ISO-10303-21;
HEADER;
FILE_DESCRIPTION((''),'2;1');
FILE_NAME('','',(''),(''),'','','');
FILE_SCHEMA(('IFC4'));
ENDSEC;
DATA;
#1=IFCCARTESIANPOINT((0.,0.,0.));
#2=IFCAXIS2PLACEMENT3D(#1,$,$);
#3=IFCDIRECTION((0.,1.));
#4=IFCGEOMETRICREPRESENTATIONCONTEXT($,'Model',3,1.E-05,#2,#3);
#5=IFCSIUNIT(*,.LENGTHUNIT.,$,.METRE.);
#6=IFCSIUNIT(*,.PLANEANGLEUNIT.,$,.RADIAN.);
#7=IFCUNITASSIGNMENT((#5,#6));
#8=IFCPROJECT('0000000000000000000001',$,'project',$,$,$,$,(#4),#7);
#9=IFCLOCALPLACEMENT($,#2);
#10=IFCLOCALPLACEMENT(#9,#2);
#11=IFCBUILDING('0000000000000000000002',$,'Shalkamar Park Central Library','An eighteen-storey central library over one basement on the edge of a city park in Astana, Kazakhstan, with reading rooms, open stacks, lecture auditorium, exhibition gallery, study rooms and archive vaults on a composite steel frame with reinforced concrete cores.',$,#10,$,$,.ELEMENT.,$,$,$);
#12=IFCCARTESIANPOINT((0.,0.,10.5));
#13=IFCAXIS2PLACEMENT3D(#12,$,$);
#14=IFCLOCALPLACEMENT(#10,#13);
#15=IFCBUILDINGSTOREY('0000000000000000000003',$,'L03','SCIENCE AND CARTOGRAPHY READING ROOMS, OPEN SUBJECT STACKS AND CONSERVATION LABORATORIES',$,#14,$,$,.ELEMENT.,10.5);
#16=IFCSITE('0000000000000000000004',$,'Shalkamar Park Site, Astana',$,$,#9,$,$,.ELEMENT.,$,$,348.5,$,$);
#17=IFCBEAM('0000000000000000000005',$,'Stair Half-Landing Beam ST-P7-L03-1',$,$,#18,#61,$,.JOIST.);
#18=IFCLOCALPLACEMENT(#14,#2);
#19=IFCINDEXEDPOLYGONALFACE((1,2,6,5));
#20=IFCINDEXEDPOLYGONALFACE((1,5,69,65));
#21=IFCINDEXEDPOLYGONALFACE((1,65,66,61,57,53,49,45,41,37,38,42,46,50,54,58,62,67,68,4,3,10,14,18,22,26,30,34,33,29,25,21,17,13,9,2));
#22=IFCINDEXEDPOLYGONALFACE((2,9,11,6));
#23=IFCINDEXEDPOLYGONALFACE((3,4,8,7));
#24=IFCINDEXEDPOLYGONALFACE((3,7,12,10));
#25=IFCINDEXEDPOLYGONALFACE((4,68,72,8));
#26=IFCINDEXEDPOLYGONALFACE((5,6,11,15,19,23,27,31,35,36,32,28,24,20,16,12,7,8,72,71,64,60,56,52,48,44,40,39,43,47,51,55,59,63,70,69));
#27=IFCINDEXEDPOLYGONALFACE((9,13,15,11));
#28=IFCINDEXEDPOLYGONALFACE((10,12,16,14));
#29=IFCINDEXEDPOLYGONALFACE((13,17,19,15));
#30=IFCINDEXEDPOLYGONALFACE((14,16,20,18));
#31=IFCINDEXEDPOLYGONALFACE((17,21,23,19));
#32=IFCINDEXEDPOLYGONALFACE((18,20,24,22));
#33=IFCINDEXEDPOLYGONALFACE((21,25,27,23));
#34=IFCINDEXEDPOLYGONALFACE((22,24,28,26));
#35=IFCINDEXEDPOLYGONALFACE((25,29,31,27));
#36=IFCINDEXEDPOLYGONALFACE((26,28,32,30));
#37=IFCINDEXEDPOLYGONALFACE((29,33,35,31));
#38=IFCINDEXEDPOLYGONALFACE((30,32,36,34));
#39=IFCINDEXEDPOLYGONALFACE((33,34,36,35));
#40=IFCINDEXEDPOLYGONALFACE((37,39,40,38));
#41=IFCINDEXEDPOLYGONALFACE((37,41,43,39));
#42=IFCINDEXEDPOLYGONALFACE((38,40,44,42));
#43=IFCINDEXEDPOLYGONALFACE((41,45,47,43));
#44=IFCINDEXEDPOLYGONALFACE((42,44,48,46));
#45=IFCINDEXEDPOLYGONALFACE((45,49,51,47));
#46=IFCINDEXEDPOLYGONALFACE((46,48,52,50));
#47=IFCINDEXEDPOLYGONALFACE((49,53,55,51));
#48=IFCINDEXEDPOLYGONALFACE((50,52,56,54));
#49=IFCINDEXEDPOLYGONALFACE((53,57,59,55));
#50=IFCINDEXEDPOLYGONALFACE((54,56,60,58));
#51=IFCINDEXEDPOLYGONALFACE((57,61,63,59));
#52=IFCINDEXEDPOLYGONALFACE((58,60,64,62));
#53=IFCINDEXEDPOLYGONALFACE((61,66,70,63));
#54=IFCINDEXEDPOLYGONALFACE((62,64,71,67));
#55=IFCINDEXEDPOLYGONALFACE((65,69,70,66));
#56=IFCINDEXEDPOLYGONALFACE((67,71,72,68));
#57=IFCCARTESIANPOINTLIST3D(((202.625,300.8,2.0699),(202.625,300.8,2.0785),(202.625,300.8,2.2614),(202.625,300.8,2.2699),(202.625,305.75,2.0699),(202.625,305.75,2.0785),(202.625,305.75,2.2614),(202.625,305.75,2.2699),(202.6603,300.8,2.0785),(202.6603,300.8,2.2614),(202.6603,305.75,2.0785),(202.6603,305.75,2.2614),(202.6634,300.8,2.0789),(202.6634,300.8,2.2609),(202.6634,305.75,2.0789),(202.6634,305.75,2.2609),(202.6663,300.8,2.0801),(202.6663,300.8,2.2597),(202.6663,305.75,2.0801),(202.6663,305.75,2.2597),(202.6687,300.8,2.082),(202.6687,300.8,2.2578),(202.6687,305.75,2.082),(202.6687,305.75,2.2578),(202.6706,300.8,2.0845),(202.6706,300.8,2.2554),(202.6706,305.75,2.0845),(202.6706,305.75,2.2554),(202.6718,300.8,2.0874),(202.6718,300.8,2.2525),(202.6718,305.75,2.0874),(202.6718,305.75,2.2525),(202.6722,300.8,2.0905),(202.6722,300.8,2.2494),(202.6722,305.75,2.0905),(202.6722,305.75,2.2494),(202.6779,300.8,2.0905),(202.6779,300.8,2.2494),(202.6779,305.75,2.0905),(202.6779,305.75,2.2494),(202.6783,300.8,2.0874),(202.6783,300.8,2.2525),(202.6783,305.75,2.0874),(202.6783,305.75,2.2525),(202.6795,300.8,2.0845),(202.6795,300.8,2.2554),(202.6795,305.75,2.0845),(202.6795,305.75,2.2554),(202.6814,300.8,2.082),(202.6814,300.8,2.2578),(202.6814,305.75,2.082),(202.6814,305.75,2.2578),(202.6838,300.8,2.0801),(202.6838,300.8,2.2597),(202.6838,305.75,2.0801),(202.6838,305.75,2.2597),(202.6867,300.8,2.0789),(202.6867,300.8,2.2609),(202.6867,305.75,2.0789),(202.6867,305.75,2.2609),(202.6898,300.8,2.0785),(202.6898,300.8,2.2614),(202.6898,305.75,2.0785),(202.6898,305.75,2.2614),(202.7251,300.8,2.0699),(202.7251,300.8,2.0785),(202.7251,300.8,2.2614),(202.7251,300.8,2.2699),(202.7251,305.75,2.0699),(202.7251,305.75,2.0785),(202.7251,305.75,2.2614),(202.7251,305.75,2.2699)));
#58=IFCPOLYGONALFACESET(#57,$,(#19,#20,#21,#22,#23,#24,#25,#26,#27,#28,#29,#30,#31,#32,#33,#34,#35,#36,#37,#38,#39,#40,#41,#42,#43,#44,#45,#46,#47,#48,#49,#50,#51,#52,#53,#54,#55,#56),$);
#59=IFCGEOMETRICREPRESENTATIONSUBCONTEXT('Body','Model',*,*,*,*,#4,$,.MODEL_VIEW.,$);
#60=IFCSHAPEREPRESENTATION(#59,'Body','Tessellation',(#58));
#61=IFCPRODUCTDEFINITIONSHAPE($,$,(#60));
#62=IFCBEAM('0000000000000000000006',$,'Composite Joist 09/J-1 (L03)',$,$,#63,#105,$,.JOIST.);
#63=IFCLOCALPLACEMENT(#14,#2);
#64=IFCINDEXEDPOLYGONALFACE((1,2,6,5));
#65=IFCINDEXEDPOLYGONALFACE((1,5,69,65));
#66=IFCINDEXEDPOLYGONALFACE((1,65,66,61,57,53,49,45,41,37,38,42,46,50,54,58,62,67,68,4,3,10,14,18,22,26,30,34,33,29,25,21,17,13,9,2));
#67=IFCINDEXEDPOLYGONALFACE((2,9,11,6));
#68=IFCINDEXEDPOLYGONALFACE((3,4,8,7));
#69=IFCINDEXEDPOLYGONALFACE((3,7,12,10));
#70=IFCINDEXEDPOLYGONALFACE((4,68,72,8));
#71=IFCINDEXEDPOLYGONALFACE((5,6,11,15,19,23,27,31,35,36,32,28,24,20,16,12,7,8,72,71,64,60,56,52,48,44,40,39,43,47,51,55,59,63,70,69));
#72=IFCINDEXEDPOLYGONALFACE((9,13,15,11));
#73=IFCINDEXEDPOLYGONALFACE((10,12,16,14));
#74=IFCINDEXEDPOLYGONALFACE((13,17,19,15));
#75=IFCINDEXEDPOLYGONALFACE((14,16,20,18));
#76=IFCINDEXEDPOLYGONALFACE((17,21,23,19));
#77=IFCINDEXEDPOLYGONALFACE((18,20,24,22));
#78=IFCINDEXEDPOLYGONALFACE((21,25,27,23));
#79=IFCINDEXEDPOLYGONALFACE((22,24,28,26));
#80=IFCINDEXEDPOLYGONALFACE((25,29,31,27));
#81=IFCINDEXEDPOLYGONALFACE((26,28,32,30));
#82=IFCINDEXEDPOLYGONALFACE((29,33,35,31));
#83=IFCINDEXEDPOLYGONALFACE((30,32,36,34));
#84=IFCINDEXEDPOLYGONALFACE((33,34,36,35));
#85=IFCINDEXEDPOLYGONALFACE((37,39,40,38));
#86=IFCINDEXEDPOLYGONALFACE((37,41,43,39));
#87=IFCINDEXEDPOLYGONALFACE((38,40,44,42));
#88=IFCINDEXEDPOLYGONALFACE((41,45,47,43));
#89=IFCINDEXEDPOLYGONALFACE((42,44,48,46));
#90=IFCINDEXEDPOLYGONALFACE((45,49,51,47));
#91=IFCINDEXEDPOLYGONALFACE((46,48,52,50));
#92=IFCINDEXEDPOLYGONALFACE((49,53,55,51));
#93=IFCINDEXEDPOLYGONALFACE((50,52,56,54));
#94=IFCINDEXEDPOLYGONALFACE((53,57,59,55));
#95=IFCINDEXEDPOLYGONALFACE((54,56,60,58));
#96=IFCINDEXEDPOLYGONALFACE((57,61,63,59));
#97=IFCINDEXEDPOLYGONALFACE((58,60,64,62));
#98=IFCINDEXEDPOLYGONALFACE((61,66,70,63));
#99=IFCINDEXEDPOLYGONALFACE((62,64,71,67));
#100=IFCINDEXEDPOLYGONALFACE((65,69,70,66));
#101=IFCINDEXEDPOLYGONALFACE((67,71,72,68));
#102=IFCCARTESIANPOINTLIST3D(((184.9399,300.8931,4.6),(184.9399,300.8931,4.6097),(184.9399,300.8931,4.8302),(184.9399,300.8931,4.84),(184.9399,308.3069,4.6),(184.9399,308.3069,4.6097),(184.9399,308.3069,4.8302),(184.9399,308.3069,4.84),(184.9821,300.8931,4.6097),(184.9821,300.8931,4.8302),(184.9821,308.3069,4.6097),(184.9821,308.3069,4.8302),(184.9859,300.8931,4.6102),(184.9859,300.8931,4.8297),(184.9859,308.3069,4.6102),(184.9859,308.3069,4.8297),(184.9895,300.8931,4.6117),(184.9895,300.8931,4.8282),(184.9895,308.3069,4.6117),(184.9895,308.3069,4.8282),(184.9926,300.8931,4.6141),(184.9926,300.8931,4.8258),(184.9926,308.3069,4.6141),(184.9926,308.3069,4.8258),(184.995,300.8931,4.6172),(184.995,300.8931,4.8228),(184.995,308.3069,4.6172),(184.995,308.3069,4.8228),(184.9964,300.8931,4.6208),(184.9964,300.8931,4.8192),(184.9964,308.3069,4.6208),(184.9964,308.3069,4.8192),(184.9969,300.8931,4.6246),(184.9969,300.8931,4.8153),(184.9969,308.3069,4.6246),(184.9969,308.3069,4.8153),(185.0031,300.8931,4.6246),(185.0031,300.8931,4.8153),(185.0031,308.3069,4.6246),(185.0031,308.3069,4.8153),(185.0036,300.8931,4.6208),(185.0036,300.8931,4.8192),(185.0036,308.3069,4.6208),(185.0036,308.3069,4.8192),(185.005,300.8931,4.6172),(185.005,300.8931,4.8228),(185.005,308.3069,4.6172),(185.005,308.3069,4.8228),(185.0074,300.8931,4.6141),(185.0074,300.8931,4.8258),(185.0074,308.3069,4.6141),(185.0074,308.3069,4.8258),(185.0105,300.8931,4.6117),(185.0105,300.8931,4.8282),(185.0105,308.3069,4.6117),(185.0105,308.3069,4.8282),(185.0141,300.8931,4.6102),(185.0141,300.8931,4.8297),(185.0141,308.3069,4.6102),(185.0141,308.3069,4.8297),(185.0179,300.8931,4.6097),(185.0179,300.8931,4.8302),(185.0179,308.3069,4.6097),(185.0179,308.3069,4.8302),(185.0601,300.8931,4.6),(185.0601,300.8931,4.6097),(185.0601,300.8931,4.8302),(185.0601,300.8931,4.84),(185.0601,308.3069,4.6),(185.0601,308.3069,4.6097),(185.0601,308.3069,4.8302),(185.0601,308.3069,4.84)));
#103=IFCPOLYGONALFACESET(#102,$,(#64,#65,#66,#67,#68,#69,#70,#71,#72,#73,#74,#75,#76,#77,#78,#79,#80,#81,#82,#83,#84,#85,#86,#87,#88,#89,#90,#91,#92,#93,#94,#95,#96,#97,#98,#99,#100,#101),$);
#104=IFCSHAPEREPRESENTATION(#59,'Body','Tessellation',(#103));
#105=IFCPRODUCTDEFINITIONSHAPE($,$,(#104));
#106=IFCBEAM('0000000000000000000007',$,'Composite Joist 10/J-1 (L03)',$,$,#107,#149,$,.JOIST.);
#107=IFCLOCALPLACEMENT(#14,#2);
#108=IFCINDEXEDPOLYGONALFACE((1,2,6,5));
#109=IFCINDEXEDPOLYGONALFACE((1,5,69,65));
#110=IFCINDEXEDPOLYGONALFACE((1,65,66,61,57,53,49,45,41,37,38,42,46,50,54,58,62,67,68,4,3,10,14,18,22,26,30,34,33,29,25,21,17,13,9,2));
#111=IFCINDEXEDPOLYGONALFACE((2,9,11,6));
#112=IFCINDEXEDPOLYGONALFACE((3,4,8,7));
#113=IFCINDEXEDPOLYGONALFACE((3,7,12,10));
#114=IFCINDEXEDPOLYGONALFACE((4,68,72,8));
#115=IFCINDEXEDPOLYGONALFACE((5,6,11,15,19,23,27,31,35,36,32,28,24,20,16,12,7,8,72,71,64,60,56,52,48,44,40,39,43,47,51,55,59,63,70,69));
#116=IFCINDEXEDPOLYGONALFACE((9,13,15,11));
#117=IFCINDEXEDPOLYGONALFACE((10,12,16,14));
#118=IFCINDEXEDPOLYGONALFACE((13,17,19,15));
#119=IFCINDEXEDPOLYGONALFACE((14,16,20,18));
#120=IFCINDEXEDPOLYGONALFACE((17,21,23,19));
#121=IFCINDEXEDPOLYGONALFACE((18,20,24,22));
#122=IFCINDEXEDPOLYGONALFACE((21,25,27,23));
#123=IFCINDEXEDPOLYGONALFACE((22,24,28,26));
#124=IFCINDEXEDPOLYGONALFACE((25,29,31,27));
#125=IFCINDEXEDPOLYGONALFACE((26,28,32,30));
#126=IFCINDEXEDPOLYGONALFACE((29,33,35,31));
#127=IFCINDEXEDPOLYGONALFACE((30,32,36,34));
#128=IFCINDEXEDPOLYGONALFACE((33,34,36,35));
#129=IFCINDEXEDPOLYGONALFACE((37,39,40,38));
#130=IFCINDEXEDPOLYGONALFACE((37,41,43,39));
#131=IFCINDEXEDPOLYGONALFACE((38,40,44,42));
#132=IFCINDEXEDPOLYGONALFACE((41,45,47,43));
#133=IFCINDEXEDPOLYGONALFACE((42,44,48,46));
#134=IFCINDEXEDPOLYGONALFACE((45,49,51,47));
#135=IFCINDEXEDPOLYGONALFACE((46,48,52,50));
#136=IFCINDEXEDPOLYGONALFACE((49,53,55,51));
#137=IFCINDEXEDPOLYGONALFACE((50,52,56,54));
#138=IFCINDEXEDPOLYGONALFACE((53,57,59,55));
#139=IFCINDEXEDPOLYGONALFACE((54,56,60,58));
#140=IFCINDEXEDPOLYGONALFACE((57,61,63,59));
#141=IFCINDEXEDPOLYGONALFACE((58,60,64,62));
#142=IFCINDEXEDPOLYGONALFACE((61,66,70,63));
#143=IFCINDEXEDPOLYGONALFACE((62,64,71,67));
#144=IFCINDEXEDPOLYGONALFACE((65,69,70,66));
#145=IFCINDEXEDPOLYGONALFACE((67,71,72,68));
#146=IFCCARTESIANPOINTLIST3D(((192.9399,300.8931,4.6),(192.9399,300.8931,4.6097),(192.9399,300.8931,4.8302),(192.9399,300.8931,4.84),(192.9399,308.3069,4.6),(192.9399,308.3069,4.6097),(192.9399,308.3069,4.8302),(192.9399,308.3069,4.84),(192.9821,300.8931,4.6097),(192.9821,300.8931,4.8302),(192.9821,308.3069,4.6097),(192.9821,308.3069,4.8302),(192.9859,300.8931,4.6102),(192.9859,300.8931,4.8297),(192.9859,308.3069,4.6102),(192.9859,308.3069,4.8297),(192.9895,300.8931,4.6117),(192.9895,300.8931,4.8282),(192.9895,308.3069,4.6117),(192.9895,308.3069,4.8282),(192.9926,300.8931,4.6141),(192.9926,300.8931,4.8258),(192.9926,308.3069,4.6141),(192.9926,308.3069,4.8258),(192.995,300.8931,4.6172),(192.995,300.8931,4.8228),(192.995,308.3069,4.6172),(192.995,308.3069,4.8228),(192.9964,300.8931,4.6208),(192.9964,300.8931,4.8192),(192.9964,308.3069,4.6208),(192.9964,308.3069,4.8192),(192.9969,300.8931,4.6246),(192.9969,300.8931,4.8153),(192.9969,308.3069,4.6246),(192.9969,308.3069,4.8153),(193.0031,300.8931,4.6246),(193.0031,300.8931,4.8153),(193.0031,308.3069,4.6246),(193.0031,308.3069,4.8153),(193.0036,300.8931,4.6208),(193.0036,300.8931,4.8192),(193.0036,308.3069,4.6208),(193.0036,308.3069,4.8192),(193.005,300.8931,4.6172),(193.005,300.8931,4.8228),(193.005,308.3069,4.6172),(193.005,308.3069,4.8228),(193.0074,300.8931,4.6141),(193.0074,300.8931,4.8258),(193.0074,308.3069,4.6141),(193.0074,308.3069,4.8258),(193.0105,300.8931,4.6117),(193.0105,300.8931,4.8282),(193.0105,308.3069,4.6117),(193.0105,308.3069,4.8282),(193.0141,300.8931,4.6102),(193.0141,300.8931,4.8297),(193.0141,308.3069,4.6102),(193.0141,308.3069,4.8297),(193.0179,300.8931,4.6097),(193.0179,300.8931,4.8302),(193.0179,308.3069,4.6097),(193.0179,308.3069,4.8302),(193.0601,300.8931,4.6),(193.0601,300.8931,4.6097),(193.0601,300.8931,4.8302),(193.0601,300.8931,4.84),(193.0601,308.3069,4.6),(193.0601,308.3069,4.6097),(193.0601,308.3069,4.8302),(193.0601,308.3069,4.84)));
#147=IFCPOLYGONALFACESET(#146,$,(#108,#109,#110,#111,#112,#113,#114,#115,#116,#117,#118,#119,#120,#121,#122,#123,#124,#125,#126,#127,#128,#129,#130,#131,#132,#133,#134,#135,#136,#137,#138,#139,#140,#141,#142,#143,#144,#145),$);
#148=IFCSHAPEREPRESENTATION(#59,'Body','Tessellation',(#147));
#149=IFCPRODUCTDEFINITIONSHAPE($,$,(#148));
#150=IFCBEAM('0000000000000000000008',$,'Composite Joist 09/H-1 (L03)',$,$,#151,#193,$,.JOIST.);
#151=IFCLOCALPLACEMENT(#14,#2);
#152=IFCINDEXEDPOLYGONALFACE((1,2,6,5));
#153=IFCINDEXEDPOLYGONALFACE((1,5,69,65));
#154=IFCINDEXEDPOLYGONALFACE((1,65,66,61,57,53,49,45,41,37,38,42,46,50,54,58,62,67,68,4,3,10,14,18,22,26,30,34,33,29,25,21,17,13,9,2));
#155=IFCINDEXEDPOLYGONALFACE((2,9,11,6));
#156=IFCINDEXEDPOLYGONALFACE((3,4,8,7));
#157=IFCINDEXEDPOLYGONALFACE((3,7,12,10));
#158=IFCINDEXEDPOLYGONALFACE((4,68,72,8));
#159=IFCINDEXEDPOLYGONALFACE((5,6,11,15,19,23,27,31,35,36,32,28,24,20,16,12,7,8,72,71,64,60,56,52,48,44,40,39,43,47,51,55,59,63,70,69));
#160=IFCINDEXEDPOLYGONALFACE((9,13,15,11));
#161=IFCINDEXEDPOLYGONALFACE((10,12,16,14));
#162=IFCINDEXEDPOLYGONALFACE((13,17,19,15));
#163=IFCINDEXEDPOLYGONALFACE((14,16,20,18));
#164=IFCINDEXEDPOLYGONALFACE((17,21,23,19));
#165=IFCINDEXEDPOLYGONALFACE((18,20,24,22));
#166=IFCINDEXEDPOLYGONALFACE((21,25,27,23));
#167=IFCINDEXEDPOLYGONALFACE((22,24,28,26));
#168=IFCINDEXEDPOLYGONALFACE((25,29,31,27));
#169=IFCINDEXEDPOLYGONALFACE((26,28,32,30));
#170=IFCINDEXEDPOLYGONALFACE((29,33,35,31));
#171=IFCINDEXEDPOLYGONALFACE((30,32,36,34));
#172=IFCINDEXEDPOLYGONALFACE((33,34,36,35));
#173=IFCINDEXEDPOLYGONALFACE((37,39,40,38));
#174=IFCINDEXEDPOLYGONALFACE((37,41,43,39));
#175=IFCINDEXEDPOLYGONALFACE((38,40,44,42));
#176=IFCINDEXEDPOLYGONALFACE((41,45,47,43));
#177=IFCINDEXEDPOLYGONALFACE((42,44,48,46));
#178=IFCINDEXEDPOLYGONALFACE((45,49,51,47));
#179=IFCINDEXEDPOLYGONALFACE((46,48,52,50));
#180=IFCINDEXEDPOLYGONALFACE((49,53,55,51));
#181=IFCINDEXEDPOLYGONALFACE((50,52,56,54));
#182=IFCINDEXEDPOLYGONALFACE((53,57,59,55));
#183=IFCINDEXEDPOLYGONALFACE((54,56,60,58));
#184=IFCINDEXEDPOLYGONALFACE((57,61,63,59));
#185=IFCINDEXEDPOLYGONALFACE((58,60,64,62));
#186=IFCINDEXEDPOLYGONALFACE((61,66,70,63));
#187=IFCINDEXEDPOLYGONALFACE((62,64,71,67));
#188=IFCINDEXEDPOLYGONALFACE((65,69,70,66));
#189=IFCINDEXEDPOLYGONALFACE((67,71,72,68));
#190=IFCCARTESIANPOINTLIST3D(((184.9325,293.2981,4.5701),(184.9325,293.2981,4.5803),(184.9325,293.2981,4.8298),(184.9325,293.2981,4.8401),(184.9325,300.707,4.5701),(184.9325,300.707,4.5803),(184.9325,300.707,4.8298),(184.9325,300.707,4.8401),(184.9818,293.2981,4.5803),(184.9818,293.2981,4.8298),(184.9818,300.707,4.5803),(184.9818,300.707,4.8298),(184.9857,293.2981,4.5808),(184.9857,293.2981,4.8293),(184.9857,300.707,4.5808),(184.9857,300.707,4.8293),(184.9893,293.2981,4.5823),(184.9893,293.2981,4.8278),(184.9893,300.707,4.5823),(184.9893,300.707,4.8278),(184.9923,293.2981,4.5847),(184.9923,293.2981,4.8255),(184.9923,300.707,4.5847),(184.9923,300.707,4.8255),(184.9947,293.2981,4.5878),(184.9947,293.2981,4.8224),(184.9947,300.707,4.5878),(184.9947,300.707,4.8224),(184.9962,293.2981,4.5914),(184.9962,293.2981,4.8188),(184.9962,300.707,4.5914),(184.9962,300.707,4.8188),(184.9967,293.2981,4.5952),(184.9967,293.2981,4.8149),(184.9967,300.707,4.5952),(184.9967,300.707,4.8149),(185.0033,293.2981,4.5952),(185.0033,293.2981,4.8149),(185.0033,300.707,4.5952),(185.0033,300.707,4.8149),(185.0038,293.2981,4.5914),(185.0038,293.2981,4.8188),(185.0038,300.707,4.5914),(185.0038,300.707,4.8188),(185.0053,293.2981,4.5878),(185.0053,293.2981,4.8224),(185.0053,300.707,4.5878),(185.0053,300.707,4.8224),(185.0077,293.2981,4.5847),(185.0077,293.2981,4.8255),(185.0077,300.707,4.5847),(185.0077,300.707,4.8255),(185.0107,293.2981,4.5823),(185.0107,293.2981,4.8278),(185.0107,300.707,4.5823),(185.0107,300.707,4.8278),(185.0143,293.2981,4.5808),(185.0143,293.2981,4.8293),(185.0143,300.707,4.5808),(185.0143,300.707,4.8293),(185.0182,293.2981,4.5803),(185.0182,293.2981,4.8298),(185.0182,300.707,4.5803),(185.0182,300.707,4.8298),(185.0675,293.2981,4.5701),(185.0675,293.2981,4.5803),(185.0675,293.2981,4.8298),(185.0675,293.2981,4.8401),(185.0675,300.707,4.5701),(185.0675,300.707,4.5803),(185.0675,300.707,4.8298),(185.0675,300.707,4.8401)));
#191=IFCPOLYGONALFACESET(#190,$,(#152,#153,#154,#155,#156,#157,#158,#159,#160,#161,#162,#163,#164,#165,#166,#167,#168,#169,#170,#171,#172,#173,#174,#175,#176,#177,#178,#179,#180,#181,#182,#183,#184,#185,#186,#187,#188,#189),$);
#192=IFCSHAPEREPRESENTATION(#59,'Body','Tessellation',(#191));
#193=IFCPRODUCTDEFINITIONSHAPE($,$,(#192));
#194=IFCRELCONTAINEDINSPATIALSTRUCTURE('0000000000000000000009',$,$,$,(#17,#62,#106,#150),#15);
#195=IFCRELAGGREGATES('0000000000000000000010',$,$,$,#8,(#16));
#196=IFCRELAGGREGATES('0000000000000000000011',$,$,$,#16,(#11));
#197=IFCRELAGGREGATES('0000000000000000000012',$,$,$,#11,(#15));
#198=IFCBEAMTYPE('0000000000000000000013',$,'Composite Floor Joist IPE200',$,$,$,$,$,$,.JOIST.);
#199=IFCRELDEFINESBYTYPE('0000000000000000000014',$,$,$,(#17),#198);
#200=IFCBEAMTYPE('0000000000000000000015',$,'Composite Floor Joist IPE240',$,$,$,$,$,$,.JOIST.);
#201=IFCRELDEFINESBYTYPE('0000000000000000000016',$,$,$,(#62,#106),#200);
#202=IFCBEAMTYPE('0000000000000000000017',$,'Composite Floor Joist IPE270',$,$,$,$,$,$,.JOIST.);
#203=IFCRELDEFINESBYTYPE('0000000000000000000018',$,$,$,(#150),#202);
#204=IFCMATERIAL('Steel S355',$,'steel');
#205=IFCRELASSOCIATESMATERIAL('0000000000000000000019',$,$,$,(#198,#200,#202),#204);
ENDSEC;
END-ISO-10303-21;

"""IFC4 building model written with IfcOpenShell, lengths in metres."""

from ifc_helpers import new_model, si_unit, direction, frame, origin, origin_2d, place, context, subcontext, project, spatial, i_section, extrude, material, material_profile, profile_set, type_object, element, save


model = new_model("IFC4")

# Units and contexts
model_context = context("Model", 3, precision=1e-05, world=origin(), true_north=direction((0.0, 1.0)))
body_context = subcontext(model_context, "Body", "Model", "MODEL_VIEW")
ifc_project = project(units=[si_unit("LENGTHUNIT", "METRE"), si_unit("PLANEANGLEUNIT", "RADIAN")], contexts=[model_context])

# Site, building, storey
site_placement = place(None, origin())
site = spatial("IfcSite", under=ifc_project, at=site_placement, Name="Shalkamar Park Site, Astana", CompositionType="ELEMENT", RefElevation=348.5)
building_placement = place(site_placement, origin())
building = spatial("IfcBuilding", under=site, at=building_placement, Name="Shalkamar Park Central Library", Description="An eighteen-storey central library over one basement on the edge of a city park in Astana, Kazakhstan, with reading rooms, open stacks, lecture auditorium, exhibition gallery, study rooms and archive vaults on a composite steel frame with reinforced concrete cores.", CompositionType="ELEMENT")
storey_placement = place(building_placement, frame((0.0, 0.0, 10.5)))
storey = spatial("IfcBuildingStorey", under=building, at=storey_placement, Name="L03", Description="SCIENCE AND CARTOGRAPHY READING ROOMS, OPEN SUBJECT STACKS AND CONSERVATION LABORATORIES", CompositionType="ELEMENT", Elevation=10.5)

# Shared definitions
ifc_material_1 = material(Name="Steel S355", Category="steel")

# Beams
ifc_material_profile_1 = material_profile(ifc_material_1, i_section(OverallWidth=0.1001, OverallDepth=0.2, WebThickness=0.0056, FlangeThickness=0.0085, FilletRadius=0.012, at=origin_2d()), Name="IPE 200")
ifc_profile_set_1 = profile_set([ifc_material_profile_1], Name="Steel S355")
beam_type_1 = type_object("IfcBeamType", Name="Composite Floor Joist IPE200", PredefinedType="JOIST", material=ifc_profile_set_1)
beam_1_placement = place(storey_placement, frame((202.675, 300.8, 2.1699), z_axis=(0.0, 1.0, 0.0), x_axis=(-1.0, 0.0, 0.0)))
element("IfcBeam", 1, at=beam_1_placement, inside=storey, type_object=beam_type_1, Name="Stair Half-Landing Beam ST-P7-L03-1", PredefinedType="JOIST", context=body_context, shape_type="SweptSolid", body=[
    extrude(i_section(OverallWidth=0.1001, OverallDepth=0.2, WebThickness=0.0056, FlangeThickness=0.0085, FilletRadius=0.012, at=origin_2d()), origin(), (0.0, 0.0, 1.0), 4.95),
])
ifc_material_profile_2 = material_profile(ifc_material_1, i_section(OverallWidth=0.1201, OverallDepth=0.24, WebThickness=0.0061, FlangeThickness=0.0098, FilletRadius=0.0149, at=origin_2d()), Name="IPE 240")
ifc_profile_set_2 = profile_set([ifc_material_profile_2], Name="Steel S355")
beam_type_2 = type_object("IfcBeamType", Name="Composite Floor Joist IPE240", PredefinedType="JOIST", material=ifc_profile_set_2)
for number, where, z_axis, x_axis, name in (
    (2, (185.0, 300.8931, 4.72), (0.0, 1.0, 0.0), (-1.0, 0.0, 0.0), "Composite Joist 09/J-1 (L03)"),
    (3, (193.0, 300.8931, 4.72), (0.0, 1.0, 0.0), (-1.0, 0.0, 0.0), "Composite Joist 10/J-1 (L03)"),
):
    element("IfcBeam", number, at=place(storey_placement, frame(where, z_axis=z_axis, x_axis=x_axis)), inside=storey, type_object=beam_type_2, Name=name, PredefinedType="JOIST", context=body_context, shape_type="SweptSolid", body=[
        extrude(i_section(OverallWidth=0.1201, OverallDepth=0.24, WebThickness=0.0061, FlangeThickness=0.0098, FilletRadius=0.0149, at=origin_2d()), origin(), (0.0, 0.0, 1.0), 7.4138),
    ])
ifc_material_profile_3 = material_profile(ifc_material_1, i_section(OverallWidth=0.135, OverallDepth=0.27, WebThickness=0.0066, FlangeThickness=0.0103, FilletRadius=0.0149, at=origin_2d()), Name="IPE 270")
ifc_profile_set_3 = profile_set([ifc_material_profile_3], Name="Steel S355")
beam_type_3 = type_object("IfcBeamType", Name="Composite Floor Joist IPE270", PredefinedType="JOIST", material=ifc_profile_set_3)
for number, where, z_axis, x_axis, name in (
    (4, (185.0, 293.2981, 4.7051), (0.0, 1.0, 0.0), (-1.0, 0.0, 0.0), "Composite Joist 09/H-1 (L03)"),
):
    element("IfcBeam", number, at=place(storey_placement, frame(where, z_axis=z_axis, x_axis=x_axis)), inside=storey, type_object=beam_type_3, Name=name, PredefinedType="JOIST", context=body_context, shape_type="SweptSolid", body=[
        extrude(i_section(OverallWidth=0.135, OverallDepth=0.27, WebThickness=0.0066, FlangeThickness=0.0103, FilletRadius=0.0149, at=origin_2d()), origin(), (0.0, 0.0, 1.0), 7.4089),
    ])

save(model, "model.ifc")
